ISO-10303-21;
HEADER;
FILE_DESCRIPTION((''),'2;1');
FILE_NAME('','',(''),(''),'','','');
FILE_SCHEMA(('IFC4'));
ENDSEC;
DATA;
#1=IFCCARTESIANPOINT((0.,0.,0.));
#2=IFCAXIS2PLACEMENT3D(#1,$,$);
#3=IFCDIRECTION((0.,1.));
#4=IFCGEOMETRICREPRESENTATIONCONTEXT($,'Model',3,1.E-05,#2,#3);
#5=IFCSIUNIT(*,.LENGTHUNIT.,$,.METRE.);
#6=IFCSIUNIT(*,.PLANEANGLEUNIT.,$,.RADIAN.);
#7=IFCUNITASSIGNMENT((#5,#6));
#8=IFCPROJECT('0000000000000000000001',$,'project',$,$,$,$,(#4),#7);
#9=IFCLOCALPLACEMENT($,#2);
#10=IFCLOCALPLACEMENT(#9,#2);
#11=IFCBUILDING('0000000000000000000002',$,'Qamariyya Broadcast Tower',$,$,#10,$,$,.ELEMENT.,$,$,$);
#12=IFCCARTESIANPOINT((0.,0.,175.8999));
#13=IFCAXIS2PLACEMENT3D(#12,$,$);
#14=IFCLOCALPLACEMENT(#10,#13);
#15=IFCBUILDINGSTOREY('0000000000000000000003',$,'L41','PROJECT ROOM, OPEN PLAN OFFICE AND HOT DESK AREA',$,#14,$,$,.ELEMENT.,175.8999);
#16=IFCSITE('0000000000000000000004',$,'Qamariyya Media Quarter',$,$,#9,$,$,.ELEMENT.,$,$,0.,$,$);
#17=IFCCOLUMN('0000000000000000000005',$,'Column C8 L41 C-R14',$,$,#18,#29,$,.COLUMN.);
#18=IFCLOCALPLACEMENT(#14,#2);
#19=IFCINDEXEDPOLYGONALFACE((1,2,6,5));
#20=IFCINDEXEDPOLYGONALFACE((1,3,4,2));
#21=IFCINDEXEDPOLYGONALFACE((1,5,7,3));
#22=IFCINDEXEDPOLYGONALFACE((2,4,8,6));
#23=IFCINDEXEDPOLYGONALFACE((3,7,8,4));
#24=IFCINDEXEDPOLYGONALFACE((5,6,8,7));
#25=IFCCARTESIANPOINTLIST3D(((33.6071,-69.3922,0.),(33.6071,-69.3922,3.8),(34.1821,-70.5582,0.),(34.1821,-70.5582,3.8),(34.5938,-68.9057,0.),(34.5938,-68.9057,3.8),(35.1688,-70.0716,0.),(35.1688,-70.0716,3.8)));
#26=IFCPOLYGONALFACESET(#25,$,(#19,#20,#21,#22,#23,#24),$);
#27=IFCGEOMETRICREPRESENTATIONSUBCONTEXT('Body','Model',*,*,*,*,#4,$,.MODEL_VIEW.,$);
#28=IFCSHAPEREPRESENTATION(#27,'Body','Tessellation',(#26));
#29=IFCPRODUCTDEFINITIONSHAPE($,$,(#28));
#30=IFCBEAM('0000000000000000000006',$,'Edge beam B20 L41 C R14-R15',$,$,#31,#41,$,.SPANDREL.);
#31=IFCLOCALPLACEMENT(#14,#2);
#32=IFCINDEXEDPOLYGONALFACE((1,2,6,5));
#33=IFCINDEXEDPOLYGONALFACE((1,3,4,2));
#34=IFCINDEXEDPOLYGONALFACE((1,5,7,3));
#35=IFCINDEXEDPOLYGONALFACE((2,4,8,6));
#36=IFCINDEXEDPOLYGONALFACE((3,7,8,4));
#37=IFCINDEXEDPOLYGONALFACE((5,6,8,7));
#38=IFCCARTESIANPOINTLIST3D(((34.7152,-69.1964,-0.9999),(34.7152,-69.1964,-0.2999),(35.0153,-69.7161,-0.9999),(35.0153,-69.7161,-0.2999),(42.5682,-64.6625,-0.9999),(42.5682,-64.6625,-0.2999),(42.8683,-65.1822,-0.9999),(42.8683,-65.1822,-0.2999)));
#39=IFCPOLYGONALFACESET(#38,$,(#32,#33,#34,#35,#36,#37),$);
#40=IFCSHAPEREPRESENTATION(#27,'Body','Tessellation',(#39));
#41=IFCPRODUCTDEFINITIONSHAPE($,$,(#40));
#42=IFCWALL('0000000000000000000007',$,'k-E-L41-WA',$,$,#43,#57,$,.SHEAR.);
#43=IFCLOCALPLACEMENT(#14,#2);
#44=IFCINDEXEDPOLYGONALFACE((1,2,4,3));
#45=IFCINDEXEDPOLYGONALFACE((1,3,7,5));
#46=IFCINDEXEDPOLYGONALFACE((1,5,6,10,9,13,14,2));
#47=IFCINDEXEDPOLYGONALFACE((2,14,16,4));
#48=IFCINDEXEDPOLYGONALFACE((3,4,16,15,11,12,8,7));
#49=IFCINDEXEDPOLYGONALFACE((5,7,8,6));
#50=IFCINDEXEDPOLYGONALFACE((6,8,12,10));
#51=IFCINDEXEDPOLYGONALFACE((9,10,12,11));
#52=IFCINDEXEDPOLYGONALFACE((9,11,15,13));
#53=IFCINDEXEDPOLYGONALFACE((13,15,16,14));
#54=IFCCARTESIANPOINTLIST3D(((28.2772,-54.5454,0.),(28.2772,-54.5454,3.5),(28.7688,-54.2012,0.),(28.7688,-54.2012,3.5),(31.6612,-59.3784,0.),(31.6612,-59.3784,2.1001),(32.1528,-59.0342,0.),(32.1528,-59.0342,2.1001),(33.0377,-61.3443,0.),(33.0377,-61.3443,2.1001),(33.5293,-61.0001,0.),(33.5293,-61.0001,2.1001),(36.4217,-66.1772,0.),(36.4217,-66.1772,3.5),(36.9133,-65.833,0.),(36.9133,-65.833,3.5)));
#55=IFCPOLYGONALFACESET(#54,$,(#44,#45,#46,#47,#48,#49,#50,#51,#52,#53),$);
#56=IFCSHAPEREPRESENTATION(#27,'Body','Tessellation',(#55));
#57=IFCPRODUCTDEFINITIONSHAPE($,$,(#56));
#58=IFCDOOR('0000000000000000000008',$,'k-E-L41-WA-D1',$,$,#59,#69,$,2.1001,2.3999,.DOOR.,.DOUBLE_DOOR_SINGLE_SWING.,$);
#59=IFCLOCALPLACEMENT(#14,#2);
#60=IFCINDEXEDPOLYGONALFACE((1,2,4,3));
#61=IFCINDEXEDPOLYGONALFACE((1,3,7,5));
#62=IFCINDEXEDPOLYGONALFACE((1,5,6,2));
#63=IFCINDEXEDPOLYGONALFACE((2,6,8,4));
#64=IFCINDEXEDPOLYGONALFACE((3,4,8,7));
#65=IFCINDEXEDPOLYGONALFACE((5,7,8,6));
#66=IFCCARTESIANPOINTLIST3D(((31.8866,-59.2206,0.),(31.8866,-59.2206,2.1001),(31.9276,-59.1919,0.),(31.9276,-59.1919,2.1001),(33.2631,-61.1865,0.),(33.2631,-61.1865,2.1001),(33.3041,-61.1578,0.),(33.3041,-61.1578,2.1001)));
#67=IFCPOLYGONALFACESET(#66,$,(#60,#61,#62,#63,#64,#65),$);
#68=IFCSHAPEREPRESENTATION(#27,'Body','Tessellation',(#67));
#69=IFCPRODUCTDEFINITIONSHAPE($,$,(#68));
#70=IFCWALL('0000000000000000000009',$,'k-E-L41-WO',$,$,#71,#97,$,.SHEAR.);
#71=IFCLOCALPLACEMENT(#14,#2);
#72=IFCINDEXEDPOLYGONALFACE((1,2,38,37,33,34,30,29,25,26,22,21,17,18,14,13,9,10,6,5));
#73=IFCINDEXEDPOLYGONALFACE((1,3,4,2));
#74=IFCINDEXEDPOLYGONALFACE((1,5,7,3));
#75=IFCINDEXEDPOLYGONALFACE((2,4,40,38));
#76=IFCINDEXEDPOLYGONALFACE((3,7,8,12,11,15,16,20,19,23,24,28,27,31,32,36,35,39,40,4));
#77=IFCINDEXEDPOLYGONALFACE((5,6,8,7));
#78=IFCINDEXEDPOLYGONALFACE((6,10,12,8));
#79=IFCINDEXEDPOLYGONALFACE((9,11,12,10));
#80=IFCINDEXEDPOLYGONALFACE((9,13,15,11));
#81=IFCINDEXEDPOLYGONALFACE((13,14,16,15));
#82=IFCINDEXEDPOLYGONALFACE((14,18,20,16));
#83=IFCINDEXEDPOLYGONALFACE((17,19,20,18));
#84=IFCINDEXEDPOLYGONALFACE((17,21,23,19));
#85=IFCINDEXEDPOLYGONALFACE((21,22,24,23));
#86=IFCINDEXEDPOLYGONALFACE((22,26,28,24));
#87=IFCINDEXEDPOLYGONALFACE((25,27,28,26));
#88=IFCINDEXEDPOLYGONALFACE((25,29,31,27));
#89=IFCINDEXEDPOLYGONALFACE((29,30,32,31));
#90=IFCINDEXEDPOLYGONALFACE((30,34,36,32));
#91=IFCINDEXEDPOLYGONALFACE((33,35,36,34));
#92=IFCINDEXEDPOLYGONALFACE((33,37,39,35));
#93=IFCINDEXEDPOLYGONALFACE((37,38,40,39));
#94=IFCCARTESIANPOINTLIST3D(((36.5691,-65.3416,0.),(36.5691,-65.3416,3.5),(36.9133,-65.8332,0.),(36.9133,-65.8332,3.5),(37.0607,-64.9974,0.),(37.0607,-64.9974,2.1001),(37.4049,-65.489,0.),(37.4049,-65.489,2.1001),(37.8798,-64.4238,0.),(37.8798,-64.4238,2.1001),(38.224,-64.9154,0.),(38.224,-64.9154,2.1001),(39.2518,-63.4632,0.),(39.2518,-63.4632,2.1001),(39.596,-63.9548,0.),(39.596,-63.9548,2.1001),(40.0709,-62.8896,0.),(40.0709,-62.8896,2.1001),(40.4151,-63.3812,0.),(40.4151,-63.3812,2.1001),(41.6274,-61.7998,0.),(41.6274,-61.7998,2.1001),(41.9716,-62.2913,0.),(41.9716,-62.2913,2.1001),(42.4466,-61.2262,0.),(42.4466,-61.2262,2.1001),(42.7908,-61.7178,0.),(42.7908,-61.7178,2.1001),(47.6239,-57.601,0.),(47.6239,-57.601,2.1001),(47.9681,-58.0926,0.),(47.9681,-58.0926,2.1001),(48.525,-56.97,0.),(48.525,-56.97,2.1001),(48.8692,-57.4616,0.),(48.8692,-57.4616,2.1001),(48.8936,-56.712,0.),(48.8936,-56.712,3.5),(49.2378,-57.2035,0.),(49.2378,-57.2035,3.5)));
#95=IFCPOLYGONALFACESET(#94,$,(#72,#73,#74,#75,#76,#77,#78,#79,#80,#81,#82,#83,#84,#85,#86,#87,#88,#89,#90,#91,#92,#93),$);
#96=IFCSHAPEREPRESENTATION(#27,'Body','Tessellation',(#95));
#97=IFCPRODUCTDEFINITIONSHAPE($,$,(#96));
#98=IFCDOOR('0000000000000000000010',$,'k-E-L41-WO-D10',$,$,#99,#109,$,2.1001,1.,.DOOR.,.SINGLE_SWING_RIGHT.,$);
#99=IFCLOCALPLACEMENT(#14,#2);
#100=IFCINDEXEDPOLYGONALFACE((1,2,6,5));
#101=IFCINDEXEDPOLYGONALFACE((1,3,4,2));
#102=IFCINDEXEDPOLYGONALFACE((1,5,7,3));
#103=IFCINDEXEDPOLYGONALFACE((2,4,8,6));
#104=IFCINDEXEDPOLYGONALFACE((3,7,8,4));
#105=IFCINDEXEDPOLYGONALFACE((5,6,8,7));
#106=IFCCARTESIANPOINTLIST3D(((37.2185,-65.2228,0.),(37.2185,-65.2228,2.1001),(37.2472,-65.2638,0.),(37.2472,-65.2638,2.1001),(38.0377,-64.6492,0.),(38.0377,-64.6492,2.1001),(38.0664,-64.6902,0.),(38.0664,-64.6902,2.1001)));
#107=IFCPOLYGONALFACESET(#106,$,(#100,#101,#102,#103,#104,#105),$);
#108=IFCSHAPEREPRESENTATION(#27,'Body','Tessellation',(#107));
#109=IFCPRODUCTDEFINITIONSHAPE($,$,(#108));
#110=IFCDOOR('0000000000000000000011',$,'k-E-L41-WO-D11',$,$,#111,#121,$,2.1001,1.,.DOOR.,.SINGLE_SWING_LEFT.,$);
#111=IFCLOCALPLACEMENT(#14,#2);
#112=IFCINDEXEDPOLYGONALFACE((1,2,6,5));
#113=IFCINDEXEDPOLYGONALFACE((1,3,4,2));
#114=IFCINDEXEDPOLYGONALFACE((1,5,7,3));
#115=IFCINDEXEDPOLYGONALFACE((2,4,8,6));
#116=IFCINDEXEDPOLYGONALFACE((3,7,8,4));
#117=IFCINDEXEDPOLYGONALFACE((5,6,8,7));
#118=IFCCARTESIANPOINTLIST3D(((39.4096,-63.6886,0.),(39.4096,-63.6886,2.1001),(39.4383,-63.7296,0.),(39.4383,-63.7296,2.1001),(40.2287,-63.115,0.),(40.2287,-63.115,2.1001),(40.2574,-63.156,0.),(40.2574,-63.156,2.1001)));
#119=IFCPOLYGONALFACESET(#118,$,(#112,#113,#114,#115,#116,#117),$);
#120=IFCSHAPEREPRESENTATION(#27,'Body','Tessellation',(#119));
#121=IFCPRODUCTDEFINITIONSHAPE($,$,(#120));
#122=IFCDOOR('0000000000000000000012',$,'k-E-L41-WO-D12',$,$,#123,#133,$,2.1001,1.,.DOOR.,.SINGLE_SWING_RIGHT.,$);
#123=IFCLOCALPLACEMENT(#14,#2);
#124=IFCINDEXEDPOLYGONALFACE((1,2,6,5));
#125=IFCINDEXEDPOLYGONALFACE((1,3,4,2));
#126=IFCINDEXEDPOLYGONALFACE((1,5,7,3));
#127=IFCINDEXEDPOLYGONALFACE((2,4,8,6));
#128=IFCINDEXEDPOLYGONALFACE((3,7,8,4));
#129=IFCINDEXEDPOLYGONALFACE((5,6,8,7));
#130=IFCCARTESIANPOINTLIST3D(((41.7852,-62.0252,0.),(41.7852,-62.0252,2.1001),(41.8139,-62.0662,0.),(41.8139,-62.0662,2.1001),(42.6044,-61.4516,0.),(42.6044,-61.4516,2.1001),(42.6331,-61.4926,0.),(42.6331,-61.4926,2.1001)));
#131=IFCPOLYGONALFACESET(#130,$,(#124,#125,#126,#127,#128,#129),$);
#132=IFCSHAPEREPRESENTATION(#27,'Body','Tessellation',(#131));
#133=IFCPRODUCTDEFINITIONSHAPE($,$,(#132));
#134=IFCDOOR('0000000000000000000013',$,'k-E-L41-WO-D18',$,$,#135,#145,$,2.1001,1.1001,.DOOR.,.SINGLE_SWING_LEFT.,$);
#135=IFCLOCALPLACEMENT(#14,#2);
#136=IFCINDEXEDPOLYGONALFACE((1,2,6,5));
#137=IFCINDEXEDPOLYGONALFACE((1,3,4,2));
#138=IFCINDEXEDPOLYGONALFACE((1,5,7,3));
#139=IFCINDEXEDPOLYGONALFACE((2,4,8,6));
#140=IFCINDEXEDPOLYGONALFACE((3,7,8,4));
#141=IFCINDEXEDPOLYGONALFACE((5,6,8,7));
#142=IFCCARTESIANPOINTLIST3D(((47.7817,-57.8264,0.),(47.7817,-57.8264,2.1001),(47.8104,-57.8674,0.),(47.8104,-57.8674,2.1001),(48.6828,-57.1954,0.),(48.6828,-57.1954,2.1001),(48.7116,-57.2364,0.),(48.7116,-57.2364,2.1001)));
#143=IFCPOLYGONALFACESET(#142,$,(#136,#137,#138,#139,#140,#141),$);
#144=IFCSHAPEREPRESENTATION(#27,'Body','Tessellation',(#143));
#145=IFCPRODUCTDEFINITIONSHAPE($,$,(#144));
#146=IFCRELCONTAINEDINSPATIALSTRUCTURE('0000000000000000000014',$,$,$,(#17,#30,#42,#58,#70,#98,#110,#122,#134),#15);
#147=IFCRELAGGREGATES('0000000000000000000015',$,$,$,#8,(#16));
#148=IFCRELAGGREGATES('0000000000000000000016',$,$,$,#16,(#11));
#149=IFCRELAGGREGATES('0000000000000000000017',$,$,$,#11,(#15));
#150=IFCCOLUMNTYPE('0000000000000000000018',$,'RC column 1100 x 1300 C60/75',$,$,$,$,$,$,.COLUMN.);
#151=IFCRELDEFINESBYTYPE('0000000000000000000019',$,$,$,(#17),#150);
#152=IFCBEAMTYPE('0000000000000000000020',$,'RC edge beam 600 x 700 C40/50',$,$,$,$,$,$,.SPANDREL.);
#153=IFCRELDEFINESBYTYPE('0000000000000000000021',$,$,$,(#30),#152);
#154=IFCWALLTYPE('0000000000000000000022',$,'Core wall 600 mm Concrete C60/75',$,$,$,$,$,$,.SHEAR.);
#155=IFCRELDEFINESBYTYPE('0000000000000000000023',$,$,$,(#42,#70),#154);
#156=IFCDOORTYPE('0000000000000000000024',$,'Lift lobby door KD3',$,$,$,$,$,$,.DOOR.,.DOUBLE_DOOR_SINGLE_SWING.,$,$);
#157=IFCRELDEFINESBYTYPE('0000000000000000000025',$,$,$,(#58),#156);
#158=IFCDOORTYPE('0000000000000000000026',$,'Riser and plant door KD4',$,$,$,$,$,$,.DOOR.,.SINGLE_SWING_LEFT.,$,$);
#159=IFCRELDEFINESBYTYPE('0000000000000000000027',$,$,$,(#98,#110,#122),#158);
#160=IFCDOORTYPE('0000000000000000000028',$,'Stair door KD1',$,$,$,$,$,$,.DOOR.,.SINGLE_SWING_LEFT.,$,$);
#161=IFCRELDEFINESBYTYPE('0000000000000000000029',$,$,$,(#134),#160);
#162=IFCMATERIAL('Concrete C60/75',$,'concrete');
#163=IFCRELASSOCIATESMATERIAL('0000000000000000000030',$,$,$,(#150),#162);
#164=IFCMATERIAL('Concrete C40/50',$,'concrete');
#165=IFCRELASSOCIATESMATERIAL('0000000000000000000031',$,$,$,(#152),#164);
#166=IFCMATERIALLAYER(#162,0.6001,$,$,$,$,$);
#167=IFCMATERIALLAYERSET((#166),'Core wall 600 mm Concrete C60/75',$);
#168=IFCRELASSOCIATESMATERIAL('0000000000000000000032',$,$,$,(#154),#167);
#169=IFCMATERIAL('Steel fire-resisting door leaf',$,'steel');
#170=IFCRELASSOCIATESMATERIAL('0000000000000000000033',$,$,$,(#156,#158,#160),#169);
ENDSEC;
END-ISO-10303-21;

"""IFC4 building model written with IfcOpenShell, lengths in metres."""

from ifc_helpers import new_model, si_unit, direction, frame, frame_2d, origin, origin_2d, place, context, subcontext, project, spatial, rectangle, extrude, material, layer, layer_set, material_profile, profile_set, type_object, element, fill, save


model = new_model("IFC4")

# Units and contexts
model_context = context("Model", 3, precision=1e-05, world=origin(), true_north=direction((0.0, 1.0)))
body_context = subcontext(model_context, "Body", "Model", "MODEL_VIEW")
ifc_project = project(units=[si_unit("LENGTHUNIT", "METRE"), si_unit("PLANEANGLEUNIT", "RADIAN")], contexts=[model_context])

# Site, building, storey
site_placement = place(None, origin())
site = spatial("IfcSite", under=ifc_project, at=site_placement, Name="Qamariyya Media Quarter", CompositionType="ELEMENT", RefElevation=0.0)
building_placement = place(site_placement, origin())
building = spatial("IfcBuilding", under=site, at=building_placement, Name="Qamariyya Broadcast Tower", CompositionType="ELEMENT")
storey_placement = place(building_placement, frame((0.0, 0.0, 175.8999)))
storey = spatial("IfcBuildingStorey", under=building, at=storey_placement, Name="L41", Description="PROJECT ROOM, OPEN PLAN OFFICE AND HOT DESK AREA", CompositionType="ELEMENT", Elevation=175.8999)

# Column
ifc_material_1 = material(Name="Concrete C60/75", Category="concrete")
ifc_material_profile_1 = material_profile(ifc_material_1, rectangle(XDim=1.1001, YDim=1.3, at=origin_2d()))
ifc_profile_set_1 = profile_set([ifc_material_profile_1], Name="Concrete C60/75")
column_type = type_object("IfcColumnType", Name="RC column 1100 x 1300 C60/75", PredefinedType="COLUMN", material=ifc_profile_set_1)
column_placement = place(storey_placement, frame((34.3879, -69.7319, 0.0), z_axis=(0.0, 0.0, 1.0), x_axis=(0.896873, 0.442289, 0.0)))
element("IfcColumn", 1, at=column_placement, inside=storey, type_object=column_type, Name="Column C8 L41 C-R14", PredefinedType="COLUMN", context=body_context, shape_type="SweptSolid", body=[
    extrude(rectangle(XDim=1.1001, YDim=1.3, at=origin_2d()), origin(), (0.0, 0.0, 1.0), 3.8),
])

# Beam
ifc_material_2 = material(Name="Concrete C40/50", Category="concrete")
ifc_material_profile_2 = material_profile(ifc_material_2, rectangle(XDim=0.6001, YDim=0.7, at=origin_2d()))
ifc_profile_set_2 = profile_set([ifc_material_profile_2], Name="Concrete C40/50")
beam_type = type_object("IfcBeamType", Name="RC edge beam 600 x 700 C40/50", PredefinedType="SPANDREL", material=ifc_profile_set_2)
beam_placement = place(storey_placement, frame((34.8652, -69.4563, -0.6499), z_axis=(0.866026, 0.499999, 0.0), x_axis=(-0.499999, 0.866026, 0.0)))
element("IfcBeam", 2, at=beam_placement, inside=storey, type_object=beam_type, Name="Edge beam B20 L41 C R14-R15", PredefinedType="SPANDREL", context=body_context, shape_type="SweptSolid", body=[
    extrude(rectangle(XDim=0.6001, YDim=0.7, at=origin_2d()), origin(), (0.0, 0.0, 1.0), 9.0679),
])

# Wall, opening, door
ifc_layer_1 = layer(ifc_material_1, 0.6001)
ifc_layer_set_1 = layer_set([ifc_layer_1], Name="Core wall 600 mm Concrete C60/75")
wall_type_1 = type_object("IfcWallType", Name="Core wall 600 mm Concrete C60/75", PredefinedType="SHEAR", material=ifc_layer_set_1)
wall_1_placement = place(storey_placement, frame((36.6675, -66.0051, 0.0), z_axis=(0.0, 0.0, 1.0), x_axis=(-0.573568, 0.819158, 0.0)))
wall_1 = element("IfcWall", 3, at=wall_1_placement, inside=storey, type_object=wall_type_1, Name="k-E-L41-WA", PredefinedType="SHEAR", context=body_context, shape_type="SweptSolid", body=[
    extrude(rectangle(XDim=14.1997, YDim=0.6001, at=frame_2d((7.0999, 0.0))), origin(), (0.0, 0.0, 1.0), 3.5),
])
opening_1_placement = place(wall_1_placement, frame((5.8999, 0.0, 0.0)))
opening_1 = element("IfcOpeningElement", 4, at=opening_1_placement, cuts=wall_1, PredefinedType="OPENING", context=body_context, shape_type="SweptSolid", body=[
    extrude(rectangle(XDim=2.3999, YDim=2.1001, at=frame_2d((1.2, 1.05))), frame((0.0, 0.3101, 0.0), z_axis=(0.0, -1.0, 0.0), x_axis=(1.0, 0.0, 0.0)), (0.0, 0.0, 1.0), 0.6201),
])
ifc_material_3 = material(Name="Steel fire-resisting door leaf", Category="steel")
door_type_1 = type_object("IfcDoorType", Name="Lift lobby door KD3", OperationType="DOUBLE_DOOR_SINGLE_SWING", PredefinedType="DOOR", material=ifc_material_3)
door_1_placement = place(opening_1_placement, origin())
door_1 = element("IfcDoor", 5, at=door_1_placement, inside=storey, type_object=door_type_1, Name="k-E-L41-WA-D1", OperationType="DOUBLE_DOOR_SINGLE_SWING", OverallHeight=2.1001, OverallWidth=2.3999, PredefinedType="DOOR", context=body_context, shape_type="SweptSolid", body=[
    extrude(rectangle(XDim=2.3999, YDim=2.1001, at=frame_2d((1.2, 1.05))), frame((0.0, 0.0249, 0.0), z_axis=(0.0, -1.0, 0.0), x_axis=(1.0, 0.0, 0.0)), (0.0, 0.0, 1.0), 0.05),
])
fill(opening_1, door_1)

# Wall, openings, doors
wall_2_placement = place(storey_placement, frame((36.7412, -65.5874, 0.0), z_axis=(0.0, 0.0, 1.0), x_axis=(0.819153, 0.573575, 0.0)))
wall_2 = element("IfcWall", 6, at=wall_2_placement, inside=storey, type_object=wall_type_1, Name="k-E-L41-WO", PredefinedType="SHEAR", context=body_context, shape_type="SweptSolid", body=[
    extrude(rectangle(XDim=15.0454, YDim=0.6001, at=frame_2d((7.5227, 0.0))), origin(), (0.0, 0.0, 1.0), 3.5),
])
opening_2_placement = place(wall_2_placement, frame((0.6001, 0.0, 0.0)))
opening_2 = element("IfcOpeningElement", 7, at=opening_2_placement, cuts=wall_2, PredefinedType="OPENING", context=body_context, shape_type="SweptSolid", body=[
    extrude(rectangle(XDim=1.0, YDim=2.1001, at=frame_2d((0.5, 1.05))), frame((0.0, 0.3101, 0.0), z_axis=(0.0, -1.0, 0.0), x_axis=(1.0, 0.0, 0.0)), (0.0, 0.0, 1.0), 0.6201),
])
opening_3_placement = place(wall_2_placement, frame((3.2749, 0.0, 0.0)))
opening_3 = element("IfcOpeningElement", 8, at=opening_3_placement, cuts=wall_2, PredefinedType="OPENING", context=body_context, shape_type="SweptSolid", body=[
    extrude(rectangle(XDim=1.0, YDim=2.1001, at=frame_2d((0.5, 1.05))), frame((0.0, 0.3101, 0.0), z_axis=(0.0, -1.0, 0.0), x_axis=(1.0, 0.0, 0.0)), (0.0, 0.0, 1.0), 0.6201),
])
opening_4_placement = place(wall_2_placement, frame((6.175, 0.0, 0.0)))
opening_4 = element("IfcOpeningElement", 9, at=opening_4_placement, cuts=wall_2, PredefinedType="OPENING", context=body_context, shape_type="SweptSolid", body=[
    extrude(rectangle(XDim=1.0, YDim=2.1001, at=frame_2d((0.5, 1.05))), frame((0.0, 0.3101, 0.0), z_axis=(0.0, -1.0, 0.0), x_axis=(1.0, 0.0, 0.0)), (0.0, 0.0, 1.0), 0.6201),
])
opening_5_placement = place(wall_2_placement, frame((13.4954, 0.0, 0.0)))
opening_5 = element("IfcOpeningElement", 10, at=opening_5_placement, cuts=wall_2, PredefinedType="OPENING", context=body_context, shape_type="SweptSolid", body=[
    extrude(rectangle(XDim=1.1001, YDim=2.1001, at=frame_2d((0.55, 1.05))), frame((0.0, 0.3101, 0.0), z_axis=(0.0, -1.0, 0.0), x_axis=(1.0, 0.0, 0.0)), (0.0, 0.0, 1.0), 0.6201),
])
door_type_2 = type_object("IfcDoorType", Name="Riser and plant door KD4", OperationType="SINGLE_SWING_LEFT", PredefinedType="DOOR", material=ifc_material_3)
door_2_placement = place(opening_2_placement, origin())
door_2 = element("IfcDoor", 11, at=door_2_placement, inside=storey, type_object=door_type_2, Name="k-E-L41-WO-D10", OperationType="SINGLE_SWING_RIGHT", OverallHeight=2.1001, OverallWidth=1.0, PredefinedType="DOOR", context=body_context, shape_type="SweptSolid", body=[
    extrude(rectangle(XDim=1.0, YDim=2.1001, at=frame_2d((0.5, 1.05))), frame((0.0, 0.0249, 0.0), z_axis=(0.0, -1.0, 0.0), x_axis=(1.0, 0.0, 0.0)), (0.0, 0.0, 1.0), 0.05),
])
fill(opening_2, door_2)
door_3_placement = place(opening_3_placement, origin())
door_3 = element("IfcDoor", 12, at=door_3_placement, inside=storey, type_object=door_type_2, Name="k-E-L41-WO-D11", OperationType="SINGLE_SWING_LEFT", OverallHeight=2.1001, OverallWidth=1.0, PredefinedType="DOOR", context=body_context, shape_type="SweptSolid", body=[
    extrude(rectangle(XDim=1.0, YDim=2.1001, at=frame_2d((0.5, 1.05))), frame((0.0, 0.0249, 0.0), z_axis=(0.0, -1.0, 0.0), x_axis=(1.0, 0.0, 0.0)), (0.0, 0.0, 1.0), 0.05),
])
fill(opening_3, door_3)
door_4_placement = place(opening_4_placement, origin())
door_4 = element("IfcDoor", 13, at=door_4_placement, inside=storey, type_object=door_type_2, Name="k-E-L41-WO-D12", OperationType="SINGLE_SWING_RIGHT", OverallHeight=2.1001, OverallWidth=1.0, PredefinedType="DOOR", context=body_context, shape_type="SweptSolid", body=[
    extrude(rectangle(XDim=1.0, YDim=2.1001, at=frame_2d((0.5, 1.05))), frame((0.0, 0.0249, 0.0), z_axis=(0.0, -1.0, 0.0), x_axis=(1.0, 0.0, 0.0)), (0.0, 0.0, 1.0), 0.05),
])
fill(opening_4, door_4)
door_type_3 = type_object("IfcDoorType", Name="Stair door KD1", OperationType="SINGLE_SWING_LEFT", PredefinedType="DOOR", material=ifc_material_3)
door_5_placement = place(opening_5_placement, origin())
door_5 = element("IfcDoor", 14, at=door_5_placement, inside=storey, type_object=door_type_3, Name="k-E-L41-WO-D18", OperationType="SINGLE_SWING_LEFT", OverallHeight=2.1001, OverallWidth=1.1001, PredefinedType="DOOR", context=body_context, shape_type="SweptSolid", body=[
    extrude(rectangle(XDim=1.1001, YDim=2.1001, at=frame_2d((0.55, 1.05))), frame((0.0, 0.0249, 0.0), z_axis=(0.0, -1.0, 0.0), x_axis=(1.0, 0.0, 0.0)), (0.0, 0.0, 1.0), 0.05),
])
fill(opening_5, door_5)

save(model, "model.ifc")
